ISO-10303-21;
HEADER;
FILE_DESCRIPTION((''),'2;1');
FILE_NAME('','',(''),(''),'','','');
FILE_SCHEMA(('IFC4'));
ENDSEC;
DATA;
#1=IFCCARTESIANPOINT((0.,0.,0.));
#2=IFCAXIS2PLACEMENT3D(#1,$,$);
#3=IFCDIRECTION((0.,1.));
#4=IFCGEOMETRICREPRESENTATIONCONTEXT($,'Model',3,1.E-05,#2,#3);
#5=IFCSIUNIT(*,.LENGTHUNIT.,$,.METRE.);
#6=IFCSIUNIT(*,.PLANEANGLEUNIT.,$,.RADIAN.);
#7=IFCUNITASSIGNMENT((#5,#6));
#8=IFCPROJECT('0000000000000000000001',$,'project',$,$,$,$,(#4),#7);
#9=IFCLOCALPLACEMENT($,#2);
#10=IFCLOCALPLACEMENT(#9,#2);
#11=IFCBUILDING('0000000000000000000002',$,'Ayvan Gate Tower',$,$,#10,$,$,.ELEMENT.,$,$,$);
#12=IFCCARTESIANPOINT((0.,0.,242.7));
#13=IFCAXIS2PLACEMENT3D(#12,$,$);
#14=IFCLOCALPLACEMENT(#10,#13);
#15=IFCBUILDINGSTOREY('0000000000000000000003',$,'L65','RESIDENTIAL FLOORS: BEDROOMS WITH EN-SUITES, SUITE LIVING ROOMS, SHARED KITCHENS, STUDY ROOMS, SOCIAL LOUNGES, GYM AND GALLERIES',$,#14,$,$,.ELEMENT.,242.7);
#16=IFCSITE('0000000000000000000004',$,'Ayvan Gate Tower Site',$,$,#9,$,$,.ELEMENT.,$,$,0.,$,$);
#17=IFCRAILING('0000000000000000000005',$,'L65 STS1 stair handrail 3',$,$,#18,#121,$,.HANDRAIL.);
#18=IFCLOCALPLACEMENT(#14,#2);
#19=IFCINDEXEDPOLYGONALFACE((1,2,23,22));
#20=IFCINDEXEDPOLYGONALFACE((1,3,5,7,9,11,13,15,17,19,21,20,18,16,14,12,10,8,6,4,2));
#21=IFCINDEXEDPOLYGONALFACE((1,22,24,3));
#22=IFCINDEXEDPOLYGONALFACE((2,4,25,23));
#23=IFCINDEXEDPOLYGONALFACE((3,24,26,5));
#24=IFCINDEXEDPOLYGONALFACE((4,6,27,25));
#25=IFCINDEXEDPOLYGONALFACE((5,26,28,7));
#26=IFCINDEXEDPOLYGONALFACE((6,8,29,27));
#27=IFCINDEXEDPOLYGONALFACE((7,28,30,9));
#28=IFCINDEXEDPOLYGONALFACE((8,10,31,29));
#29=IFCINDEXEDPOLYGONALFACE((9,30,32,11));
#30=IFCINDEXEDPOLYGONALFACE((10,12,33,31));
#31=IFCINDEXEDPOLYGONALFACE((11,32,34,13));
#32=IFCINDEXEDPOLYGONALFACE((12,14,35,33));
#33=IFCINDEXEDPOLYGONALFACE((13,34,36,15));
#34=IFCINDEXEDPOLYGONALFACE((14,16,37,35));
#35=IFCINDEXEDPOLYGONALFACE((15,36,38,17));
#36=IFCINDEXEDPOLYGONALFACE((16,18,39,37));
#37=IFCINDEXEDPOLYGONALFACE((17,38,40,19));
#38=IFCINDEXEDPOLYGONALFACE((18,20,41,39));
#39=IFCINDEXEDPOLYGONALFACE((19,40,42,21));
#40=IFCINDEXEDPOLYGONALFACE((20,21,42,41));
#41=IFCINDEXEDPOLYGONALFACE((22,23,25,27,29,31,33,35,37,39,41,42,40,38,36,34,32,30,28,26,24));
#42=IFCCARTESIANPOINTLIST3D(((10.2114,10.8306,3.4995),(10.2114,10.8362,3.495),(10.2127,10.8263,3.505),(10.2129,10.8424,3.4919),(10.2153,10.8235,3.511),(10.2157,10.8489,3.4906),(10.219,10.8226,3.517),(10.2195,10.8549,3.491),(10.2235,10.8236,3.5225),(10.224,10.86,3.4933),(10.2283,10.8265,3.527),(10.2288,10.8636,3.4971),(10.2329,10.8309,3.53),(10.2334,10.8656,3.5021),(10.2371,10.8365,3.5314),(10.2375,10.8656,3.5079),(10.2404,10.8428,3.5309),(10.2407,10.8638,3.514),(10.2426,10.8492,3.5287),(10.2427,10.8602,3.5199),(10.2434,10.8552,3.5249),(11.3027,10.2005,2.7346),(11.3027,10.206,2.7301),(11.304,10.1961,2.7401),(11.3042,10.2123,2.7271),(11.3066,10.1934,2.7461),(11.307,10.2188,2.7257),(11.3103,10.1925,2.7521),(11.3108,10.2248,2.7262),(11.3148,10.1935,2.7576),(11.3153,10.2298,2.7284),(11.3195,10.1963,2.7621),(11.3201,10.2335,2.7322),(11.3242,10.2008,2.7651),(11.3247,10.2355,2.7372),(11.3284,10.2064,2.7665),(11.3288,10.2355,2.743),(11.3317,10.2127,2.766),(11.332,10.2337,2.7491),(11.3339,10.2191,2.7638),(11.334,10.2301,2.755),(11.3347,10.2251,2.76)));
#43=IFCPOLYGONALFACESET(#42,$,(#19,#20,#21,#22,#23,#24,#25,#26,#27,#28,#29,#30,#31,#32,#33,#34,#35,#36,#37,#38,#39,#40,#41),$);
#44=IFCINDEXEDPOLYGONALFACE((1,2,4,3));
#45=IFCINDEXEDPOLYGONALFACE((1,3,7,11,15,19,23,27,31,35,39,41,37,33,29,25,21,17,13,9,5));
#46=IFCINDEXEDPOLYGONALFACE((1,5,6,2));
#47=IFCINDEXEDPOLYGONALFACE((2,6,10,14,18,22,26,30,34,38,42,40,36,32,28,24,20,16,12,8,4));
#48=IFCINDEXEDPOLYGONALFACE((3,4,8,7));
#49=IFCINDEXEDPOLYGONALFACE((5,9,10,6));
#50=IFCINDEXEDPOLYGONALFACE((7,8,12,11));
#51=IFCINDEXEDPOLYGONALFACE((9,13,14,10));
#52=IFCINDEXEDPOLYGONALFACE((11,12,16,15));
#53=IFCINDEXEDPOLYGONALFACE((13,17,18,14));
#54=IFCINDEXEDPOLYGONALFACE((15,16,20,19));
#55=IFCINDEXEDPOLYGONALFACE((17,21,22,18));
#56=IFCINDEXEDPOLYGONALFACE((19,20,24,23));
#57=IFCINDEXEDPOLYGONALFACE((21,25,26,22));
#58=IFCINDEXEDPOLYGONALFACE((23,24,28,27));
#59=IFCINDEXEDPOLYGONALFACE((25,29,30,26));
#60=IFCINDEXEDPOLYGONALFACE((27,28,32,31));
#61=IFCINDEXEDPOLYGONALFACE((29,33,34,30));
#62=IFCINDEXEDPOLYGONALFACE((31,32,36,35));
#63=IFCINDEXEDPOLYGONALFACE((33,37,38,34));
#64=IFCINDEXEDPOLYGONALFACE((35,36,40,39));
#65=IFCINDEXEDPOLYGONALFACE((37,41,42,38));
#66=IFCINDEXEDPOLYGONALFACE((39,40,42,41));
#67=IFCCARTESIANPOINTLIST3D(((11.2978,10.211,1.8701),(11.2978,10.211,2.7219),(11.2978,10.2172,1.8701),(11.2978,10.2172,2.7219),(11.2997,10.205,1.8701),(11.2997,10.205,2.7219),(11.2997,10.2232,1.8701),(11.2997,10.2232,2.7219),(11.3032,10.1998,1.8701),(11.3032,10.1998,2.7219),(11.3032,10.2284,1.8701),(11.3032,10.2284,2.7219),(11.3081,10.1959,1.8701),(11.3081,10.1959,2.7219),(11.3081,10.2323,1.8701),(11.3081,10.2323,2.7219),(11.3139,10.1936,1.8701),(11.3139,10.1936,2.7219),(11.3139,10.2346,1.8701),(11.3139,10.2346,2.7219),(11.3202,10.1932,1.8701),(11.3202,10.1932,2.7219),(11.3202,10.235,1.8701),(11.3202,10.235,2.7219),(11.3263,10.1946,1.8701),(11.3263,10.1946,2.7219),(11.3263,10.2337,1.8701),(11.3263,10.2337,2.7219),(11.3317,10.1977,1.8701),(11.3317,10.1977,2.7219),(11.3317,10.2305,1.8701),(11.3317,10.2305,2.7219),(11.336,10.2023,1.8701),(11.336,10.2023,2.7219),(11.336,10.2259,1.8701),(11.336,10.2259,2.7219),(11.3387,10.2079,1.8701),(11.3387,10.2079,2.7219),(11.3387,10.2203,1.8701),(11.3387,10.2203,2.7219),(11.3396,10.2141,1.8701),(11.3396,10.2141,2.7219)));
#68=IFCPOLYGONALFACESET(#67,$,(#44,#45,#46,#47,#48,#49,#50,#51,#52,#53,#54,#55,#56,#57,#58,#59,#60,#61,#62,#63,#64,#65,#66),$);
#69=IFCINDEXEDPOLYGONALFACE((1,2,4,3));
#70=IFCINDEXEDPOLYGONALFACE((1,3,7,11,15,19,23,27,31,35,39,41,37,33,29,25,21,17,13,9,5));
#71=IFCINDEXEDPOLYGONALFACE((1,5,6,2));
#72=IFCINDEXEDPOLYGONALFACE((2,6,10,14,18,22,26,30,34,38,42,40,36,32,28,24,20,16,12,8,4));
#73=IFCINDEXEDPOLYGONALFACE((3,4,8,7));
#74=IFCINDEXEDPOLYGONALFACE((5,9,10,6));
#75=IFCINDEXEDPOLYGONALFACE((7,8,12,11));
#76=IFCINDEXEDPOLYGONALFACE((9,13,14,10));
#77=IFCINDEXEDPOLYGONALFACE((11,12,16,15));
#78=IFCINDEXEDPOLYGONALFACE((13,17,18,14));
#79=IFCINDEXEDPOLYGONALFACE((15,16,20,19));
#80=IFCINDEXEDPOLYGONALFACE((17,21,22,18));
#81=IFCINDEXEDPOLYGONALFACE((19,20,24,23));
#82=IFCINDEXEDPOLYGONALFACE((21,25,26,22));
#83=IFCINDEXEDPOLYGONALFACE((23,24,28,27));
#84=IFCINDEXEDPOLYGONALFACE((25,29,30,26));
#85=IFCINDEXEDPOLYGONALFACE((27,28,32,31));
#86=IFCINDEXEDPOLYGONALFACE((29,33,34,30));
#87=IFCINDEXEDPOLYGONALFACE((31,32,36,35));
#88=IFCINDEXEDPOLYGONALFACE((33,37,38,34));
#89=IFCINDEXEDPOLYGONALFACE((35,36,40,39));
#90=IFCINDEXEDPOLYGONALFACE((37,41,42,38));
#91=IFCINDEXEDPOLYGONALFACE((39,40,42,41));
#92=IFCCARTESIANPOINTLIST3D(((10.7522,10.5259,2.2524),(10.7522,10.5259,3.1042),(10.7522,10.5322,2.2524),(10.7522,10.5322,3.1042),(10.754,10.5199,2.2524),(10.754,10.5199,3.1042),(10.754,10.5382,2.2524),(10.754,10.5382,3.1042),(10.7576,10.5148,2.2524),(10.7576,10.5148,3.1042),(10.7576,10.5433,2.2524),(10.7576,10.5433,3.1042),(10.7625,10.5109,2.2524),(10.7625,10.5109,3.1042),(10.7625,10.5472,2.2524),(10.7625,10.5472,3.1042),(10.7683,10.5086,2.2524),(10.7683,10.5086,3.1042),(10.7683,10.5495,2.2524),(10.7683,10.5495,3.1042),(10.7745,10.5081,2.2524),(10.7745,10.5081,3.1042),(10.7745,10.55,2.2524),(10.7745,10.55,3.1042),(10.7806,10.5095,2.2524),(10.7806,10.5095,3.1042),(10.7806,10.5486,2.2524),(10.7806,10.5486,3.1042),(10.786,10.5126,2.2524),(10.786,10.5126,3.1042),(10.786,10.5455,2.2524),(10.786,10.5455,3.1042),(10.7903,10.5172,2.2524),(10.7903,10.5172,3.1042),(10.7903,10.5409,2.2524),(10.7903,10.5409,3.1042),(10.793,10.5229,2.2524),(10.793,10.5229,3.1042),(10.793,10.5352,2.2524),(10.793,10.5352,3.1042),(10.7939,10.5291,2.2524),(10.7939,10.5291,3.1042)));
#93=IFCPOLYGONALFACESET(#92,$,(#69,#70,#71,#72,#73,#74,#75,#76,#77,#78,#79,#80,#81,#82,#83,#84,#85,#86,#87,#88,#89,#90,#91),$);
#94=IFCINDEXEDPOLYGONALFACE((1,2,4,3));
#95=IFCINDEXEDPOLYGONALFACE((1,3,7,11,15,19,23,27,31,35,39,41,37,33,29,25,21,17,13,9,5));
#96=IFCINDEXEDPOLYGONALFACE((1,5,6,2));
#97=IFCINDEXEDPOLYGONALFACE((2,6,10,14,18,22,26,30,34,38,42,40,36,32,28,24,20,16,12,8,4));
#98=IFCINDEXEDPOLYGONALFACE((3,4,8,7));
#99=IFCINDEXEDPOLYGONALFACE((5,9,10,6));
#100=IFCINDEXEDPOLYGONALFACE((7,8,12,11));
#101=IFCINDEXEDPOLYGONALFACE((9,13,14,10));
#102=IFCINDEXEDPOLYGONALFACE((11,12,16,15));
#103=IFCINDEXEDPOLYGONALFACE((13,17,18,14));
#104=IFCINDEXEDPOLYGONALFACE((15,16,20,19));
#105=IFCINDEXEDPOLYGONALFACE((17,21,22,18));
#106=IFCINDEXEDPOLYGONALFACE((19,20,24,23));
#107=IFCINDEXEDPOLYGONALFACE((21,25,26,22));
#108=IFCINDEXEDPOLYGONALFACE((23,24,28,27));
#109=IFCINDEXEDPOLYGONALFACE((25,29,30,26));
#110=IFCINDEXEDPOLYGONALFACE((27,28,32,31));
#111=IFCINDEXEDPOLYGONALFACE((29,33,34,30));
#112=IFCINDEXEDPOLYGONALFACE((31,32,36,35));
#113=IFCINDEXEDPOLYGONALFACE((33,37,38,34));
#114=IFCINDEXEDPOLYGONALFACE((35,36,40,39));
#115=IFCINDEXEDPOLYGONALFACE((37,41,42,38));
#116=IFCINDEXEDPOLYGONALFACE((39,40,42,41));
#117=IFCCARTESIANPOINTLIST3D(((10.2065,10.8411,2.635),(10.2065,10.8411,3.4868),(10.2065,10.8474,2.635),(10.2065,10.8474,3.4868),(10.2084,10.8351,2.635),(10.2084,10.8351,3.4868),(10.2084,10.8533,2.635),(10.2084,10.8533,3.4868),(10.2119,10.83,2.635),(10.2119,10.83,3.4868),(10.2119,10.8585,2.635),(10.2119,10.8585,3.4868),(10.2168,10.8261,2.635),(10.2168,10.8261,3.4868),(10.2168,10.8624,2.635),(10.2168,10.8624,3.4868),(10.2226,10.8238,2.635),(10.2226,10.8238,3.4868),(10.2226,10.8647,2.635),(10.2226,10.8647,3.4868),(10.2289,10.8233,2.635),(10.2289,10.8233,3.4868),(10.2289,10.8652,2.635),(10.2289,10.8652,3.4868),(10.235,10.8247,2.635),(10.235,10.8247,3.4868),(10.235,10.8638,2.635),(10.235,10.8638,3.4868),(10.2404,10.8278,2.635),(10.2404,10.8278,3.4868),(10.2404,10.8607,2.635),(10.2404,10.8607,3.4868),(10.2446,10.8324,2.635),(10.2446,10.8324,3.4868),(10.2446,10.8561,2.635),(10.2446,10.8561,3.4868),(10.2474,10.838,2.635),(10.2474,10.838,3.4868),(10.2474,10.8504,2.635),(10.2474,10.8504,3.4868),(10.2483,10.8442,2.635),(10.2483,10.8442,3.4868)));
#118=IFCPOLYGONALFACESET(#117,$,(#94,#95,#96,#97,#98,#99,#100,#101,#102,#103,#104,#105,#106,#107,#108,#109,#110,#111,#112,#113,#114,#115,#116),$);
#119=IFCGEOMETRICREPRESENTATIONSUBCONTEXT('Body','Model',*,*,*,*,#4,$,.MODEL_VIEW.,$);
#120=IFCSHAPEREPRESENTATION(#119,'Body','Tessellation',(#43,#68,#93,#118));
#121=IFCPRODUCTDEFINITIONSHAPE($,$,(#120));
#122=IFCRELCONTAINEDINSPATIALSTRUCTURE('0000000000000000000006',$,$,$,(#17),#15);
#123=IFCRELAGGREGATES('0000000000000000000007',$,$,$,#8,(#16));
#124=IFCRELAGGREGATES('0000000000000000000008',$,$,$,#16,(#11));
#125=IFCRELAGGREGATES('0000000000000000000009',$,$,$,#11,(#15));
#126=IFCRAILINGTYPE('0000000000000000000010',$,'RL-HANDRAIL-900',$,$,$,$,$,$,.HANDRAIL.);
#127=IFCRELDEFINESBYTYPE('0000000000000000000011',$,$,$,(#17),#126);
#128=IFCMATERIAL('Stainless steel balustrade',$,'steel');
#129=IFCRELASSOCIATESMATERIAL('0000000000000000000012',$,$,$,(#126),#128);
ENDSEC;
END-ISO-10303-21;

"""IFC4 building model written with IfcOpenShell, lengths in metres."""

from ifc_helpers import new_model, si_unit, direction, frame, origin, origin_2d, place, context, subcontext, project, spatial, circle, extrude, material, type_object, element, save


model = new_model("IFC4")

# Units and contexts
model_context = context("Model", 3, precision=1e-05, world=origin(), true_north=direction((0.0, 1.0)))
body_context = subcontext(model_context, "Body", "Model", "MODEL_VIEW")
ifc_project = project(units=[si_unit("LENGTHUNIT", "METRE"), si_unit("PLANEANGLEUNIT", "RADIAN")], contexts=[model_context])

# Site, building, storey
site_placement = place(None, origin())
site = spatial("IfcSite", under=ifc_project, at=site_placement, Name="Ayvan Gate Tower Site", CompositionType="ELEMENT", RefElevation=0.0)
building_placement = place(site_placement, origin())
building = spatial("IfcBuilding", under=site, at=building_placement, Name="Ayvan Gate Tower", CompositionType="ELEMENT")
storey_placement = place(building_placement, frame((0.0, 0.0, 242.7)))
storey = spatial("IfcBuildingStorey", under=building, at=storey_placement, Name="L65", Description="RESIDENTIAL FLOORS: BEDROOMS WITH EN-SUITES, SUITE LIVING ROOMS, SHARED KITCHENS, STUDY ROOMS, SOCIAL LOUNGES, GYM AND GALLERIES", CompositionType="ELEMENT", Elevation=242.7)

# Railing
ifc_material_1 = material(Name="Stainless steel balustrade", Category="steel")
railing_type_1 = type_object("IfcRailingType", Name="RL-HANDRAIL-900", PredefinedType="HANDRAIL", material=ifc_material_1)
railing_1_placement = place(storey_placement, frame((11.3186, 10.2141, 1.8701)))
element("IfcRailing", 1, at=railing_1_placement, inside=storey, type_object=railing_type_1, Name="L65 STS1 stair handrail 3", PredefinedType="HANDRAIL", context=body_context, shape_type="SweptSolid", body=[
    extrude(circle(Radius=0.0239, at=origin_2d()), frame((0.0, 0.0, 0.876), z_axis=(-0.740304, 0.427455, 0.518875), x_axis=(-0.500035, -0.866005, 0.0)), (0.0, 0.0, 1.0), 1.4741),
    extrude(circle(Radius=0.021, at=origin_2d()), origin(), (0.0, 0.0, 1.0), 0.8518),
    extrude(circle(Radius=0.021, at=origin_2d()), frame((-0.5457, 0.3149, 0.3823)), (0.0, 0.0, 1.0), 0.8518),
    extrude(circle(Radius=0.021, at=origin_2d()), frame((-1.0913, 0.6301, 0.7649)), (0.0, 0.0, 1.0), 0.8518),
])

save(model, "model.ifc")
